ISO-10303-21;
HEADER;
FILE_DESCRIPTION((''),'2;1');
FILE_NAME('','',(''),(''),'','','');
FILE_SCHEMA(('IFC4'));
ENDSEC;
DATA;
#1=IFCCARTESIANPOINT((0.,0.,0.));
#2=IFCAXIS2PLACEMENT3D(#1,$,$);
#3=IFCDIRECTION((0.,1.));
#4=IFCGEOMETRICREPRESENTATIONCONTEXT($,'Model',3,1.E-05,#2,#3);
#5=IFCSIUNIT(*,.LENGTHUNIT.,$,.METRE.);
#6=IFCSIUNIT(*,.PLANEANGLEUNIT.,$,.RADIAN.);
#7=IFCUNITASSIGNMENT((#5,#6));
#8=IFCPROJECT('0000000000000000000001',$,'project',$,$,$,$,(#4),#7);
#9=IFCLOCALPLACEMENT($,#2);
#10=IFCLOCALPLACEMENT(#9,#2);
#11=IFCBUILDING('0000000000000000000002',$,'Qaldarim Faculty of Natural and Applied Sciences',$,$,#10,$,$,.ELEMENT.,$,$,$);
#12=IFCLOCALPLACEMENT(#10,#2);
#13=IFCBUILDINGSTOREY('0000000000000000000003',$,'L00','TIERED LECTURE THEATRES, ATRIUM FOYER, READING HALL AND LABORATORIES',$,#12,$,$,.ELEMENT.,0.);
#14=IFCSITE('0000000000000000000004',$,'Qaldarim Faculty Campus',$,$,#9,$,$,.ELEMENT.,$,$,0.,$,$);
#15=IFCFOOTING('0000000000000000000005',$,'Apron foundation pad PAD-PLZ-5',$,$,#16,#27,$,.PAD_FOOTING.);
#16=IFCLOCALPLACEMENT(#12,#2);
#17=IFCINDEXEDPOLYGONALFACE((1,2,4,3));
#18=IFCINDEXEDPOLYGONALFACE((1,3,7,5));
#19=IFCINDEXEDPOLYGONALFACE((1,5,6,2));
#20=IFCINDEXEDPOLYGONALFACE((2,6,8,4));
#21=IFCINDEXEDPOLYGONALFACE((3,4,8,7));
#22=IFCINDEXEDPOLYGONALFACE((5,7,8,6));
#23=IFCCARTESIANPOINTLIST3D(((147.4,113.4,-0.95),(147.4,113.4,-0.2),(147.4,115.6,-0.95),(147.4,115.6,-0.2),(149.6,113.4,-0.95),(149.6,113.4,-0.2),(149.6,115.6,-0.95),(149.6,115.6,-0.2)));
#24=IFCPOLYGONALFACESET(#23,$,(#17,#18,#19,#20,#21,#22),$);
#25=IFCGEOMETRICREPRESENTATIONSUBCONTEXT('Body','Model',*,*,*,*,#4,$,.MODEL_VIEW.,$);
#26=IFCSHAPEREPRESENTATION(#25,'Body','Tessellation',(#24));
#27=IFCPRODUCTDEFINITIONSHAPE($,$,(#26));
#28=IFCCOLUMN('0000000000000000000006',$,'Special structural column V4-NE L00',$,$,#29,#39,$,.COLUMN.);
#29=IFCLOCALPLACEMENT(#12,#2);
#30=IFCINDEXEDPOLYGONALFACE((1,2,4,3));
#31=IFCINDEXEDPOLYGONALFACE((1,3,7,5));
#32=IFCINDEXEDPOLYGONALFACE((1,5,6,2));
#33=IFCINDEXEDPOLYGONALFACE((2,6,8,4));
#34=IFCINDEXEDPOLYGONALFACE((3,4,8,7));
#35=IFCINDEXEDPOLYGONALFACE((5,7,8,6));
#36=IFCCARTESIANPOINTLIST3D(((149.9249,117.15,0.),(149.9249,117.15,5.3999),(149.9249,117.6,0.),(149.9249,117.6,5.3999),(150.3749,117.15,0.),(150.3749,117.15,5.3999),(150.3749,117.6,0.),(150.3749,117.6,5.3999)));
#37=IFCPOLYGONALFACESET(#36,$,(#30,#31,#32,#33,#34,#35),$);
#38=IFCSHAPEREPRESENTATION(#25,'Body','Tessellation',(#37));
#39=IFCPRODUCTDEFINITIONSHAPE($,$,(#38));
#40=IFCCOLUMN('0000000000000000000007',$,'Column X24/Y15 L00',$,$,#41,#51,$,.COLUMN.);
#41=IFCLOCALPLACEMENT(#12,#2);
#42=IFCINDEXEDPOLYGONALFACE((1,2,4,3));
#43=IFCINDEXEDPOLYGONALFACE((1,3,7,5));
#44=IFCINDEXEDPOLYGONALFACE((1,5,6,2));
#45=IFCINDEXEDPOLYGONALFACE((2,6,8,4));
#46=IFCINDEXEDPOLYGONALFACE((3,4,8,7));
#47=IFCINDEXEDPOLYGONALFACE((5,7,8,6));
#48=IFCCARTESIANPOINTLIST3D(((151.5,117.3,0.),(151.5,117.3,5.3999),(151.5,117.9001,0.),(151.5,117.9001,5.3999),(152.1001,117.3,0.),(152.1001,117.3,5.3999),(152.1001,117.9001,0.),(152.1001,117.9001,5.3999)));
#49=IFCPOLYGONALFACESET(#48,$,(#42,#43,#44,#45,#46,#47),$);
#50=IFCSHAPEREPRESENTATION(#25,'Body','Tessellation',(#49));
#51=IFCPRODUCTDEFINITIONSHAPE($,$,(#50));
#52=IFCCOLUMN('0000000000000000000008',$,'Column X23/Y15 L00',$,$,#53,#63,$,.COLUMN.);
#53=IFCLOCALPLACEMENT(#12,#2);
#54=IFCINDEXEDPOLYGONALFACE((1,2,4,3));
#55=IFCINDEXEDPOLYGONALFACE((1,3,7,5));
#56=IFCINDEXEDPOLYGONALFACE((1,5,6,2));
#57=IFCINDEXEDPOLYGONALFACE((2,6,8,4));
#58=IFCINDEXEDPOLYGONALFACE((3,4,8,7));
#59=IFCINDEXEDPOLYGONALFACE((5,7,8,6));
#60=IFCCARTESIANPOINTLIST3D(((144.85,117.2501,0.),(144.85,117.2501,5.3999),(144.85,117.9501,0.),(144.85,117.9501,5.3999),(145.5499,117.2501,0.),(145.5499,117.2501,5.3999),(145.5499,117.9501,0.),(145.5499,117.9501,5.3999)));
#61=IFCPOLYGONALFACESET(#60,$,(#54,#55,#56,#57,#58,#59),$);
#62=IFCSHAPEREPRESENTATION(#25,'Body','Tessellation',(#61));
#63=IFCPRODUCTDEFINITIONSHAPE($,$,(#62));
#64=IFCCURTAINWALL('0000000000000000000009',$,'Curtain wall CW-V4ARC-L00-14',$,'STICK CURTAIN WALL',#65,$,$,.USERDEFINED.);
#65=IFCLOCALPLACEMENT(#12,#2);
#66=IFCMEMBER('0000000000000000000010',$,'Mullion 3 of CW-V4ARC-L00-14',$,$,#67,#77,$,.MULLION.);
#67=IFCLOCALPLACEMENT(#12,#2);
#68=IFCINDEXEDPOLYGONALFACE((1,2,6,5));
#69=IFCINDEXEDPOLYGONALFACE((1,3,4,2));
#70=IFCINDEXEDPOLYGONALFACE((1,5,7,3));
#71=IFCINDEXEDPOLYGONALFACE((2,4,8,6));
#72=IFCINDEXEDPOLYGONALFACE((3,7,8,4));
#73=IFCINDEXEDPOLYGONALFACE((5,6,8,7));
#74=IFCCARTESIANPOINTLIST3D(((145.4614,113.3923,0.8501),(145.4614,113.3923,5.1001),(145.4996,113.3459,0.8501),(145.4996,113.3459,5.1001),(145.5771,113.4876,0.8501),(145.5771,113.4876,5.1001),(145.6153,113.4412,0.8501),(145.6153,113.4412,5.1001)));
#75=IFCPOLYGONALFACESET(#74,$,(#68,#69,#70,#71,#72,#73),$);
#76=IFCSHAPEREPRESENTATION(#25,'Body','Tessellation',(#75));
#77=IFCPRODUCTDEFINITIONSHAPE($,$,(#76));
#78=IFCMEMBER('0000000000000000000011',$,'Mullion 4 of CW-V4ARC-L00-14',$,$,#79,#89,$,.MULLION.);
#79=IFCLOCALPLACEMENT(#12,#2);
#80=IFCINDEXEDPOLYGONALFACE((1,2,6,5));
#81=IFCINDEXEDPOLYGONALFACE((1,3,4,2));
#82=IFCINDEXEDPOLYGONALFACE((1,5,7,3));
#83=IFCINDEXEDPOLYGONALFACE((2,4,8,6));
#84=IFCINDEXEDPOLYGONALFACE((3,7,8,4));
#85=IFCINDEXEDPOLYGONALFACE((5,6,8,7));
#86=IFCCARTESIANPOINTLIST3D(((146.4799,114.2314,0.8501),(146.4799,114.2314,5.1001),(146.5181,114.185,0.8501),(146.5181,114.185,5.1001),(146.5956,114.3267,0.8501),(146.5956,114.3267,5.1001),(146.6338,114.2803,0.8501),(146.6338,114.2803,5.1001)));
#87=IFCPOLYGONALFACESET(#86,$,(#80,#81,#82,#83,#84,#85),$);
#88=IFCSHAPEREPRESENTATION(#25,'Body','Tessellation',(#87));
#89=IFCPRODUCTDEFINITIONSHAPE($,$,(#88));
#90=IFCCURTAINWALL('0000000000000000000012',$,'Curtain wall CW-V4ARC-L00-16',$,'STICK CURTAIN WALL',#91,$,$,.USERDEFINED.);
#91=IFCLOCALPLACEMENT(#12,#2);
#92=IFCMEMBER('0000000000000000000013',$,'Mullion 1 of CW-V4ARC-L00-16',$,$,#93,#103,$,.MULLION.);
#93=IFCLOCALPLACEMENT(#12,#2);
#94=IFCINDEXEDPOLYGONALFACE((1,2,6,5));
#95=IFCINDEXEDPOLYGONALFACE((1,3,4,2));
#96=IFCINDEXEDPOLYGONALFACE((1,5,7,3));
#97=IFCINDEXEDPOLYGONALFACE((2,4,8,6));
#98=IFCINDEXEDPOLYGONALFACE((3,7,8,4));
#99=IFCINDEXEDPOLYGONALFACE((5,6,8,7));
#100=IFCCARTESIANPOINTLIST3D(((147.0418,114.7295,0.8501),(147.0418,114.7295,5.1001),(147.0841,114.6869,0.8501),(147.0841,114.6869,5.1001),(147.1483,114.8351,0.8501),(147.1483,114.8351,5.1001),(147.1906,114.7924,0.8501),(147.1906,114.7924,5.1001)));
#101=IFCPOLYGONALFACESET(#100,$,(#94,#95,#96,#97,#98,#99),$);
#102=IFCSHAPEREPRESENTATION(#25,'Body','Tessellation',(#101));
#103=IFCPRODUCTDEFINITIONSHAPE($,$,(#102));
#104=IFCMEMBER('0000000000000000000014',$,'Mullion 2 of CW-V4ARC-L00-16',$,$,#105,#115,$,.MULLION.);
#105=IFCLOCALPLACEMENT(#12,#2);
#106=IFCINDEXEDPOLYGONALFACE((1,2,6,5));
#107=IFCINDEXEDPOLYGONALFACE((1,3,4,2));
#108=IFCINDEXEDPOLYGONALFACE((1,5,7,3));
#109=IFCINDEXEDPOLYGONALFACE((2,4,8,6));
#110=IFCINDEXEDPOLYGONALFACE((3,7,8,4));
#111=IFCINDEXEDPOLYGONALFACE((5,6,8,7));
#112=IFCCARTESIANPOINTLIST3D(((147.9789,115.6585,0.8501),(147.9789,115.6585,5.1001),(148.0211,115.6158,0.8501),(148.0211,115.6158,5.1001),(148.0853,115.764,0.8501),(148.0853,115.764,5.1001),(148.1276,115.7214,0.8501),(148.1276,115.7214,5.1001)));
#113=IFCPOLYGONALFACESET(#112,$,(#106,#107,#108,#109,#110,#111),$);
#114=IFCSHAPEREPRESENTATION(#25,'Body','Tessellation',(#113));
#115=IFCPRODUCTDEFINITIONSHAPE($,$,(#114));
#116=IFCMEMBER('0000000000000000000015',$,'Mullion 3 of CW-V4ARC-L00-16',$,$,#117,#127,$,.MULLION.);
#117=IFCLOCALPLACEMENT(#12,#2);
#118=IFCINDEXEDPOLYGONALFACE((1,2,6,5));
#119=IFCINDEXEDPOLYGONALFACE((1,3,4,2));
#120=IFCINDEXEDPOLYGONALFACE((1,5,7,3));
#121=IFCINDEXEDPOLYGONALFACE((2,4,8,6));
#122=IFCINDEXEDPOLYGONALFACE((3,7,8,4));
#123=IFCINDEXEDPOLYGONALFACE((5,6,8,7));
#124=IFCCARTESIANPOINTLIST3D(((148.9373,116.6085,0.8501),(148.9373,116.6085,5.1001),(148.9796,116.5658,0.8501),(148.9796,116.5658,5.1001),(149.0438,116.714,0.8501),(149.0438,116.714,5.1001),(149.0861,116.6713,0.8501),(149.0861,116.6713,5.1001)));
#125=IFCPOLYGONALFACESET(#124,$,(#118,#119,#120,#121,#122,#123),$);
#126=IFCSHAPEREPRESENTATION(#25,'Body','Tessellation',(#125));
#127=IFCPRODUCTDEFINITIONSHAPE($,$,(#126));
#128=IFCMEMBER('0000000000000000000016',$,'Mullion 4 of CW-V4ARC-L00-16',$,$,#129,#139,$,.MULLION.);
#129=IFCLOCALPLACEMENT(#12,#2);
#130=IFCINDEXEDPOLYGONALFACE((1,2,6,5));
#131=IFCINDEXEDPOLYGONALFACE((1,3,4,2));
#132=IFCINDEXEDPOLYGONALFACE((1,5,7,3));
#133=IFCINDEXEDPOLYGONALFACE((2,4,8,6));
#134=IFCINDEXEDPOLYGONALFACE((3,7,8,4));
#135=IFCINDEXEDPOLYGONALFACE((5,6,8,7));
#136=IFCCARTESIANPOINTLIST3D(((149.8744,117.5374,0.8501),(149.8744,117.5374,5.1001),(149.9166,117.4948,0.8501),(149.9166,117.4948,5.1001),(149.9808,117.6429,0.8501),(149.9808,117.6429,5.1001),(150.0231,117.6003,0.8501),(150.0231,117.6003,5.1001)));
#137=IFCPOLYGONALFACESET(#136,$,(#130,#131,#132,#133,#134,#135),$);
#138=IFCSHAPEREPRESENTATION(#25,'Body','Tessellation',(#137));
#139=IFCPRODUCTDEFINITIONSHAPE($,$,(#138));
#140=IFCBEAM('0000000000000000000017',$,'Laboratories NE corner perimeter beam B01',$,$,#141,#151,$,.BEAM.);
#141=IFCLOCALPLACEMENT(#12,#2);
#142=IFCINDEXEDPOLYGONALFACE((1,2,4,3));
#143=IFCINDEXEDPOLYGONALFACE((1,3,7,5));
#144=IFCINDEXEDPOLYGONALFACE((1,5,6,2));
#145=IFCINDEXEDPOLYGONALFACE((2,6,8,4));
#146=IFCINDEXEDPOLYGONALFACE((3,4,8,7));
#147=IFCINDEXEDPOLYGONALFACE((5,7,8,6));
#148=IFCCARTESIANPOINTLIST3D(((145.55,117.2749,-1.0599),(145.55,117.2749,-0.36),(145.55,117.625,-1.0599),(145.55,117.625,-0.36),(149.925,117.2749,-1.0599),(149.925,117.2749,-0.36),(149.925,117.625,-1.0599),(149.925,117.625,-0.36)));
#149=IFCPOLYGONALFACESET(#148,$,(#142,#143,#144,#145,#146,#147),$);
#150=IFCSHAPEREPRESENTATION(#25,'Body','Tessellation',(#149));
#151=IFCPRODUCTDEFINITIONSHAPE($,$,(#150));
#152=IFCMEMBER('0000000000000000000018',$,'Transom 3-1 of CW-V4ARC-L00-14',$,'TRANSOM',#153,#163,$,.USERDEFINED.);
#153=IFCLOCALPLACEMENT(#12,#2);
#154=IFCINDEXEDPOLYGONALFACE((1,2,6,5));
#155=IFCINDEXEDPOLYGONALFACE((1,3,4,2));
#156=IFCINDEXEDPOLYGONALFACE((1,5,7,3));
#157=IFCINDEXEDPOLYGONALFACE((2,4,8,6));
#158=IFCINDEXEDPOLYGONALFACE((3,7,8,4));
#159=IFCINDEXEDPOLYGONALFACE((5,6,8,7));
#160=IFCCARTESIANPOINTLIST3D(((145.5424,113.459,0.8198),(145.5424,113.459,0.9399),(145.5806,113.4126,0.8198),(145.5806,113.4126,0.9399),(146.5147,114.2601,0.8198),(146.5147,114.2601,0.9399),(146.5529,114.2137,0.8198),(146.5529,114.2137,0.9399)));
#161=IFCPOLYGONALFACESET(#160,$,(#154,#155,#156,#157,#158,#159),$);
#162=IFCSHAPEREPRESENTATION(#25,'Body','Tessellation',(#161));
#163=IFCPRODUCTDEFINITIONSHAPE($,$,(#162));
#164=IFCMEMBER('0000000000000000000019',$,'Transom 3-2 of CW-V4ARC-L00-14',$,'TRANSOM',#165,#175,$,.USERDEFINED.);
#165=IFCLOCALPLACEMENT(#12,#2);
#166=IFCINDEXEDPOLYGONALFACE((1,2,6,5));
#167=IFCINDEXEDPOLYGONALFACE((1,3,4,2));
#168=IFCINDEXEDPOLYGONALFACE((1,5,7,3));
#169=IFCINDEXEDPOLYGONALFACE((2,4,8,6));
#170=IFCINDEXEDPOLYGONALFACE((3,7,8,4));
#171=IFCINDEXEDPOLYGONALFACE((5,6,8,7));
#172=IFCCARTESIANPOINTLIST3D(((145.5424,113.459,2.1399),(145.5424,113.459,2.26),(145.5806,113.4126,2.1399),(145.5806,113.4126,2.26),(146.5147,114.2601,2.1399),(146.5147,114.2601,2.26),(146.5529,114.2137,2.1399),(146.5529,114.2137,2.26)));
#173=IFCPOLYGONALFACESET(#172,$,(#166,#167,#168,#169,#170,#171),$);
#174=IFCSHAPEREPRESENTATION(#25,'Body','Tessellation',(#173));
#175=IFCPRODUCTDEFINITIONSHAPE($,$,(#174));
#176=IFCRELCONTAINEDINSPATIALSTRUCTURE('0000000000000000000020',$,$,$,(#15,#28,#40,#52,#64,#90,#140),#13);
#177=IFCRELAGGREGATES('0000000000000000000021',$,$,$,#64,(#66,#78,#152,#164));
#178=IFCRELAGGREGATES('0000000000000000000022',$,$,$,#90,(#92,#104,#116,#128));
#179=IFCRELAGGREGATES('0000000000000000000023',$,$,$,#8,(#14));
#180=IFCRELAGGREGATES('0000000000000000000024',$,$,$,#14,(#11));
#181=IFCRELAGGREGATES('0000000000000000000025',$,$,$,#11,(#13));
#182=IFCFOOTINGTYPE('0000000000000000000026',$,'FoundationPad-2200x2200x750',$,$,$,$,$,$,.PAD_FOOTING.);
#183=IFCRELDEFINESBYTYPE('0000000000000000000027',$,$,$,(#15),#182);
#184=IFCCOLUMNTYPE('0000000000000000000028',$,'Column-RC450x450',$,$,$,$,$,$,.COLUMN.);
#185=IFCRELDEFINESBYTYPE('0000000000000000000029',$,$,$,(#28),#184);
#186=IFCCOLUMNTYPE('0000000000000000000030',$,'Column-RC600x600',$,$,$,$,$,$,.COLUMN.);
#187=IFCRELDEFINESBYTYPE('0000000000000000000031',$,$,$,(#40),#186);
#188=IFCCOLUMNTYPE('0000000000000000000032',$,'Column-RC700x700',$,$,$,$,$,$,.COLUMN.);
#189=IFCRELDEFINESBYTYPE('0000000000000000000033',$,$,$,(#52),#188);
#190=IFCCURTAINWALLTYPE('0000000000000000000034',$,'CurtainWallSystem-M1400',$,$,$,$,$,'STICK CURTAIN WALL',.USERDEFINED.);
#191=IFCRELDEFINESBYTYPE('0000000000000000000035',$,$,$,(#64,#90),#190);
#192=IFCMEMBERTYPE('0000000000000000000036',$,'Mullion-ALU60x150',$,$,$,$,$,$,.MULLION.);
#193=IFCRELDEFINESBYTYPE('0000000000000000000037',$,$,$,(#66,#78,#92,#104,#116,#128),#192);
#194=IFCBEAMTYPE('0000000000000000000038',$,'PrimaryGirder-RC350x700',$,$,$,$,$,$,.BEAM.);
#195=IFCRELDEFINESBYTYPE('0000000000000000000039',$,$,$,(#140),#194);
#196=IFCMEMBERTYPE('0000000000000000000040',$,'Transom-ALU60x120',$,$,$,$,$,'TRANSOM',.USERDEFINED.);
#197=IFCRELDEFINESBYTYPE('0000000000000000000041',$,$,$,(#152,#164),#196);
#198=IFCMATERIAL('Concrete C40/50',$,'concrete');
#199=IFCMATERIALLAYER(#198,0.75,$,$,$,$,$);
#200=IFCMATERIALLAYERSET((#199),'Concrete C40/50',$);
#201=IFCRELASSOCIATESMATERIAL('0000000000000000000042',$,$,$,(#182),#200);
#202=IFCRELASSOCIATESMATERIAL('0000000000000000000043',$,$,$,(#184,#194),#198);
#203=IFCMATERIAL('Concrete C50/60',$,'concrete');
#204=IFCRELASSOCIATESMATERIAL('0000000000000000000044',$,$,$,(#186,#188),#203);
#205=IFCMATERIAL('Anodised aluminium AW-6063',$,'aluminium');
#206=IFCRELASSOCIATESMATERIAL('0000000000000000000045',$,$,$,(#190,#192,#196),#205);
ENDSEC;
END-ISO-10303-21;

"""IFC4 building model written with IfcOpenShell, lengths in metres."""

from ifc_helpers import new_model, si_unit, direction, frame, origin, origin_2d, place, context, subcontext, project, spatial, rectangle, extrude, material, layer, layer_set, material_profile, profile_set, type_object, element, aggregate, save


model = new_model("IFC4")

# Units and contexts
model_context = context("Model", 3, precision=1e-05, world=origin(), true_north=direction((0.0, 1.0)))
body_context = subcontext(model_context, "Body", "Model", "MODEL_VIEW")
ifc_project = project(units=[si_unit("LENGTHUNIT", "METRE"), si_unit("PLANEANGLEUNIT", "RADIAN")], contexts=[model_context])

# Site, building, storey
site_placement = place(None, origin())
site = spatial("IfcSite", under=ifc_project, at=site_placement, Name="Qaldarim Faculty Campus", CompositionType="ELEMENT", RefElevation=0.0)
building_placement = place(site_placement, origin())
building = spatial("IfcBuilding", under=site, at=building_placement, Name="Qaldarim Faculty of Natural and Applied Sciences", CompositionType="ELEMENT")
storey_placement = place(building_placement, origin())
storey = spatial("IfcBuildingStorey", under=building, at=storey_placement, Name="L00", Description="TIERED LECTURE THEATRES, ATRIUM FOYER, READING HALL AND LABORATORIES", CompositionType="ELEMENT", Elevation=0.0)

# Footing
ifc_material_1 = material(Name="Concrete C40/50", Category="concrete")
ifc_layer_1 = layer(ifc_material_1, 0.75)
ifc_layer_set_1 = layer_set([ifc_layer_1], Name="Concrete C40/50")
footing_type = type_object("IfcFootingType", Name="FoundationPad-2200x2200x750", PredefinedType="PAD_FOOTING", material=ifc_layer_set_1)
footing_placement = place(storey_placement, frame((148.5, 114.5, -0.95), z_axis=(0.0, 0.0, 1.0), x_axis=(1.0, 0.0, 0.0)))
element("IfcFooting", 1, at=footing_placement, inside=storey, type_object=footing_type, Name="Apron foundation pad PAD-PLZ-5", PredefinedType="PAD_FOOTING", context=body_context, shape_type="SweptSolid", body=[
    extrude(rectangle(XDim=2.2, YDim=2.2, at=origin_2d()), origin(), (0.0, 0.0, 1.0), 0.75),
])

# Columns
ifc_material_profile_1 = material_profile(ifc_material_1, rectangle(XDim=0.45, YDim=0.45, at=origin_2d()), Name="RC-C450x450")
ifc_profile_set_1 = profile_set([ifc_material_profile_1], Name="Concrete C40/50")
column_type_1 = type_object("IfcColumnType", Name="Column-RC450x450", PredefinedType="COLUMN", material=ifc_profile_set_1)
column_1_placement = place(storey_placement, frame((150.1499, 117.375, 0.0), z_axis=(0.0, 0.0, 1.0), x_axis=(1.0, 0.0, 0.0)))
element("IfcColumn", 2, at=column_1_placement, inside=storey, type_object=column_type_1, Name="Special structural column V4-NE L00", PredefinedType="COLUMN", context=body_context, shape_type="SweptSolid", body=[
    extrude(rectangle(XDim=0.45, YDim=0.45, at=origin_2d()), origin(), (0.0, 0.0, 1.0), 5.3999),
])
ifc_material_2 = material(Name="Concrete C50/60", Category="concrete")
ifc_material_profile_2 = material_profile(ifc_material_2, rectangle(XDim=0.6001, YDim=0.6001, at=origin_2d()), Name="RC-C600x600")
ifc_profile_set_2 = profile_set([ifc_material_profile_2], Name="Concrete C50/60")
column_type_2 = type_object("IfcColumnType", Name="Column-RC600x600", PredefinedType="COLUMN", material=ifc_profile_set_2)
column_2_placement = place(storey_placement, frame((151.8, 117.6001, 0.0), z_axis=(0.0, 0.0, 1.0), x_axis=(1.0, 0.0, 0.0)))
element("IfcColumn", 3, at=column_2_placement, inside=storey, type_object=column_type_2, Name="Column X24/Y15 L00", PredefinedType="COLUMN", context=body_context, shape_type="SweptSolid", body=[
    extrude(rectangle(XDim=0.6001, YDim=0.6001, at=origin_2d()), origin(), (0.0, 0.0, 1.0), 5.3999),
])
ifc_material_profile_3 = material_profile(ifc_material_2, rectangle(XDim=0.7, YDim=0.7, at=origin_2d()), Name="RC-C700x700")
ifc_profile_set_3 = profile_set([ifc_material_profile_3], Name="Concrete C50/60")
column_type_3 = type_object("IfcColumnType", Name="Column-RC700x700", PredefinedType="COLUMN", material=ifc_profile_set_3)
column_3_placement = place(storey_placement, frame((145.2, 117.6001, 0.0), z_axis=(0.0, 0.0, 1.0), x_axis=(1.0, 0.0, 0.0)))
element("IfcColumn", 4, at=column_3_placement, inside=storey, type_object=column_type_3, Name="Column X23/Y15 L00", PredefinedType="COLUMN", context=body_context, shape_type="SweptSolid", body=[
    extrude(rectangle(XDim=0.7, YDim=0.7, at=origin_2d()), origin(), (0.0, 0.0, 1.0), 5.3999),
])

# Curtain walls, members
ifc_material_3 = material(Name="Anodised aluminium AW-6063", Category="aluminium")
curtain_wall_type = type_object("IfcCurtainWallType", Name="CurtainWallSystem-M1400", ElementType="STICK CURTAIN WALL", PredefinedType="USERDEFINED", material=ifc_material_3)
curtain_wall_1_placement = place(storey_placement, origin())
curtain_wall_1 = element("IfcCurtainWall", 5, at=curtain_wall_1_placement, inside=storey, type_object=curtain_wall_type, Name="Curtain wall CW-V4ARC-L00-14", ObjectType="STICK CURTAIN WALL", PredefinedType="USERDEFINED")
ifc_material_profile_4 = material_profile(ifc_material_3, rectangle(XDim=0.0601, YDim=0.1499, at=origin_2d()), Name="ALU-M60x150")
ifc_profile_set_4 = profile_set([ifc_material_profile_4], Name="Anodised aluminium AW-6063")
member_type_1 = type_object("IfcMemberType", Name="Mullion-ALU60x150", PredefinedType="MULLION", material=ifc_profile_set_4)
member_1_placement = place(storey_placement, frame((145.5383, 113.4167, 0.8501), z_axis=(0.0, 0.0, 1.0), x_axis=(-0.63593, 0.771747, 0.0)))
member_1 = element("IfcMember", 6, at=member_1_placement, type_object=member_type_1, Name="Mullion 3 of CW-V4ARC-L00-14", PredefinedType="MULLION", context=body_context, shape_type="SweptSolid", body=[
    extrude(rectangle(XDim=0.0601, YDim=0.1499, at=origin_2d()), origin(), (0.0, 0.0, 1.0), 4.25),
])
member_2_placement = place(storey_placement, frame((146.5569, 114.2559, 0.8501), z_axis=(0.0, 0.0, 1.0), x_axis=(-0.63593, 0.771747, 0.0)))
member_2 = element("IfcMember", 7, at=member_2_placement, type_object=member_type_1, Name="Mullion 4 of CW-V4ARC-L00-14", PredefinedType="MULLION", context=body_context, shape_type="SweptSolid", body=[
    extrude(rectangle(XDim=0.0601, YDim=0.1499, at=origin_2d()), origin(), (0.0, 0.0, 1.0), 4.25),
])
curtain_wall_2_placement = place(storey_placement, origin())
curtain_wall_2 = element("IfcCurtainWall", 8, at=curtain_wall_2_placement, inside=storey, type_object=curtain_wall_type, Name="Curtain wall CW-V4ARC-L00-16", ObjectType="STICK CURTAIN WALL", PredefinedType="USERDEFINED")
member_3_placement = place(storey_placement, frame((147.1162, 114.761, 0.8501), z_axis=(0.0, 0.0, 1.0), x_axis=(-0.704015, 0.710185, 0.0)))
member_3 = element("IfcMember", 9, at=member_3_placement, type_object=member_type_1, Name="Mullion 1 of CW-V4ARC-L00-16", PredefinedType="MULLION", context=body_context, shape_type="SweptSolid", body=[
    extrude(rectangle(XDim=0.0601, YDim=0.1499, at=origin_2d()), origin(), (0.0, 0.0, 1.0), 4.25),
])
member_4_placement = place(storey_placement, frame((148.0532, 115.6899, 0.8501), z_axis=(0.0, 0.0, 1.0), x_axis=(-0.704015, 0.710185, 0.0)))
member_4 = element("IfcMember", 10, at=member_4_placement, type_object=member_type_1, Name="Mullion 2 of CW-V4ARC-L00-16", PredefinedType="MULLION", context=body_context, shape_type="SweptSolid", body=[
    extrude(rectangle(XDim=0.0601, YDim=0.1499, at=origin_2d()), origin(), (0.0, 0.0, 1.0), 4.25),
])
member_5_placement = place(storey_placement, frame((149.0117, 116.6399, 0.8501), z_axis=(0.0, 0.0, 1.0), x_axis=(-0.704015, 0.710185, 0.0)))
member_5 = element("IfcMember", 11, at=member_5_placement, type_object=member_type_1, Name="Mullion 3 of CW-V4ARC-L00-16", PredefinedType="MULLION", context=body_context, shape_type="SweptSolid", body=[
    extrude(rectangle(XDim=0.0601, YDim=0.1499, at=origin_2d()), origin(), (0.0, 0.0, 1.0), 4.25),
])
member_6_placement = place(storey_placement, frame((149.9487, 117.5688, 0.8501), z_axis=(0.0, 0.0, 1.0), x_axis=(-0.704015, 0.710185, 0.0)))
member_6 = element("IfcMember", 12, at=member_6_placement, type_object=member_type_1, Name="Mullion 4 of CW-V4ARC-L00-16", PredefinedType="MULLION", context=body_context, shape_type="SweptSolid", body=[
    extrude(rectangle(XDim=0.0601, YDim=0.1499, at=origin_2d()), origin(), (0.0, 0.0, 1.0), 4.25),
])

# Beam
ifc_material_profile_5 = material_profile(ifc_material_1, rectangle(XDim=0.3501, YDim=0.7, at=origin_2d()), Name="RC-B350x700")
ifc_profile_set_5 = profile_set([ifc_material_profile_5], Name="Concrete C40/50")
beam_type = type_object("IfcBeamType", Name="PrimaryGirder-RC350x700", PredefinedType="BEAM", material=ifc_profile_set_5)
beam_placement = place(storey_placement, frame((145.55, 117.45, -0.71), z_axis=(1.0, 0.0, 0.0), x_axis=(0.0, 1.0, 0.0)))
element("IfcBeam", 13, at=beam_placement, inside=storey, type_object=beam_type, Name="Laboratories NE corner perimeter beam B01", PredefinedType="BEAM", context=body_context, shape_type="SweptSolid", body=[
    extrude(rectangle(XDim=0.3501, YDim=0.7, at=origin_2d()), origin(), (0.0, 0.0, 1.0), 4.375),
])

# Members
ifc_material_profile_6 = material_profile(ifc_material_3, rectangle(XDim=0.0601, YDim=0.1201, at=origin_2d()), Name="ALU-T60x120")
ifc_profile_set_6 = profile_set([ifc_material_profile_6], Name="Anodised aluminium AW-6063")
member_type_2 = type_object("IfcMemberType", Name="Transom-ALU60x120", ElementType="TRANSOM", PredefinedType="USERDEFINED", material=ifc_profile_set_6)
member_7_placement = place(storey_placement, frame((145.5615, 113.4358, 0.8799), z_axis=(0.771768, 0.635904, 0.0), x_axis=(-0.635904, 0.771768, 0.0)))
member_7 = element("IfcMember", 14, at=member_7_placement, type_object=member_type_2, Name="Transom 3-1 of CW-V4ARC-L00-14", ObjectType="TRANSOM", PredefinedType="USERDEFINED", context=body_context, shape_type="SweptSolid", body=[
    extrude(rectangle(XDim=0.0601, YDim=0.1201, at=origin_2d()), origin(), (0.0, 0.0, 1.0), 1.2598),
])
member_8_placement = place(storey_placement, frame((145.5615, 113.4358, 2.2), z_axis=(0.771768, 0.635904, 0.0), x_axis=(-0.635904, 0.771768, 0.0)))
member_8 = element("IfcMember", 15, at=member_8_placement, type_object=member_type_2, Name="Transom 3-2 of CW-V4ARC-L00-14", ObjectType="TRANSOM", PredefinedType="USERDEFINED", context=body_context, shape_type="SweptSolid", body=[
    extrude(rectangle(XDim=0.0601, YDim=0.1201, at=origin_2d()), origin(), (0.0, 0.0, 1.0), 1.2598),
])

aggregate(curtain_wall_1, [member_1, member_2, member_7, member_8])
aggregate(curtain_wall_2, [member_3, member_4, member_5, member_6])

save(model, "model.ifc")
